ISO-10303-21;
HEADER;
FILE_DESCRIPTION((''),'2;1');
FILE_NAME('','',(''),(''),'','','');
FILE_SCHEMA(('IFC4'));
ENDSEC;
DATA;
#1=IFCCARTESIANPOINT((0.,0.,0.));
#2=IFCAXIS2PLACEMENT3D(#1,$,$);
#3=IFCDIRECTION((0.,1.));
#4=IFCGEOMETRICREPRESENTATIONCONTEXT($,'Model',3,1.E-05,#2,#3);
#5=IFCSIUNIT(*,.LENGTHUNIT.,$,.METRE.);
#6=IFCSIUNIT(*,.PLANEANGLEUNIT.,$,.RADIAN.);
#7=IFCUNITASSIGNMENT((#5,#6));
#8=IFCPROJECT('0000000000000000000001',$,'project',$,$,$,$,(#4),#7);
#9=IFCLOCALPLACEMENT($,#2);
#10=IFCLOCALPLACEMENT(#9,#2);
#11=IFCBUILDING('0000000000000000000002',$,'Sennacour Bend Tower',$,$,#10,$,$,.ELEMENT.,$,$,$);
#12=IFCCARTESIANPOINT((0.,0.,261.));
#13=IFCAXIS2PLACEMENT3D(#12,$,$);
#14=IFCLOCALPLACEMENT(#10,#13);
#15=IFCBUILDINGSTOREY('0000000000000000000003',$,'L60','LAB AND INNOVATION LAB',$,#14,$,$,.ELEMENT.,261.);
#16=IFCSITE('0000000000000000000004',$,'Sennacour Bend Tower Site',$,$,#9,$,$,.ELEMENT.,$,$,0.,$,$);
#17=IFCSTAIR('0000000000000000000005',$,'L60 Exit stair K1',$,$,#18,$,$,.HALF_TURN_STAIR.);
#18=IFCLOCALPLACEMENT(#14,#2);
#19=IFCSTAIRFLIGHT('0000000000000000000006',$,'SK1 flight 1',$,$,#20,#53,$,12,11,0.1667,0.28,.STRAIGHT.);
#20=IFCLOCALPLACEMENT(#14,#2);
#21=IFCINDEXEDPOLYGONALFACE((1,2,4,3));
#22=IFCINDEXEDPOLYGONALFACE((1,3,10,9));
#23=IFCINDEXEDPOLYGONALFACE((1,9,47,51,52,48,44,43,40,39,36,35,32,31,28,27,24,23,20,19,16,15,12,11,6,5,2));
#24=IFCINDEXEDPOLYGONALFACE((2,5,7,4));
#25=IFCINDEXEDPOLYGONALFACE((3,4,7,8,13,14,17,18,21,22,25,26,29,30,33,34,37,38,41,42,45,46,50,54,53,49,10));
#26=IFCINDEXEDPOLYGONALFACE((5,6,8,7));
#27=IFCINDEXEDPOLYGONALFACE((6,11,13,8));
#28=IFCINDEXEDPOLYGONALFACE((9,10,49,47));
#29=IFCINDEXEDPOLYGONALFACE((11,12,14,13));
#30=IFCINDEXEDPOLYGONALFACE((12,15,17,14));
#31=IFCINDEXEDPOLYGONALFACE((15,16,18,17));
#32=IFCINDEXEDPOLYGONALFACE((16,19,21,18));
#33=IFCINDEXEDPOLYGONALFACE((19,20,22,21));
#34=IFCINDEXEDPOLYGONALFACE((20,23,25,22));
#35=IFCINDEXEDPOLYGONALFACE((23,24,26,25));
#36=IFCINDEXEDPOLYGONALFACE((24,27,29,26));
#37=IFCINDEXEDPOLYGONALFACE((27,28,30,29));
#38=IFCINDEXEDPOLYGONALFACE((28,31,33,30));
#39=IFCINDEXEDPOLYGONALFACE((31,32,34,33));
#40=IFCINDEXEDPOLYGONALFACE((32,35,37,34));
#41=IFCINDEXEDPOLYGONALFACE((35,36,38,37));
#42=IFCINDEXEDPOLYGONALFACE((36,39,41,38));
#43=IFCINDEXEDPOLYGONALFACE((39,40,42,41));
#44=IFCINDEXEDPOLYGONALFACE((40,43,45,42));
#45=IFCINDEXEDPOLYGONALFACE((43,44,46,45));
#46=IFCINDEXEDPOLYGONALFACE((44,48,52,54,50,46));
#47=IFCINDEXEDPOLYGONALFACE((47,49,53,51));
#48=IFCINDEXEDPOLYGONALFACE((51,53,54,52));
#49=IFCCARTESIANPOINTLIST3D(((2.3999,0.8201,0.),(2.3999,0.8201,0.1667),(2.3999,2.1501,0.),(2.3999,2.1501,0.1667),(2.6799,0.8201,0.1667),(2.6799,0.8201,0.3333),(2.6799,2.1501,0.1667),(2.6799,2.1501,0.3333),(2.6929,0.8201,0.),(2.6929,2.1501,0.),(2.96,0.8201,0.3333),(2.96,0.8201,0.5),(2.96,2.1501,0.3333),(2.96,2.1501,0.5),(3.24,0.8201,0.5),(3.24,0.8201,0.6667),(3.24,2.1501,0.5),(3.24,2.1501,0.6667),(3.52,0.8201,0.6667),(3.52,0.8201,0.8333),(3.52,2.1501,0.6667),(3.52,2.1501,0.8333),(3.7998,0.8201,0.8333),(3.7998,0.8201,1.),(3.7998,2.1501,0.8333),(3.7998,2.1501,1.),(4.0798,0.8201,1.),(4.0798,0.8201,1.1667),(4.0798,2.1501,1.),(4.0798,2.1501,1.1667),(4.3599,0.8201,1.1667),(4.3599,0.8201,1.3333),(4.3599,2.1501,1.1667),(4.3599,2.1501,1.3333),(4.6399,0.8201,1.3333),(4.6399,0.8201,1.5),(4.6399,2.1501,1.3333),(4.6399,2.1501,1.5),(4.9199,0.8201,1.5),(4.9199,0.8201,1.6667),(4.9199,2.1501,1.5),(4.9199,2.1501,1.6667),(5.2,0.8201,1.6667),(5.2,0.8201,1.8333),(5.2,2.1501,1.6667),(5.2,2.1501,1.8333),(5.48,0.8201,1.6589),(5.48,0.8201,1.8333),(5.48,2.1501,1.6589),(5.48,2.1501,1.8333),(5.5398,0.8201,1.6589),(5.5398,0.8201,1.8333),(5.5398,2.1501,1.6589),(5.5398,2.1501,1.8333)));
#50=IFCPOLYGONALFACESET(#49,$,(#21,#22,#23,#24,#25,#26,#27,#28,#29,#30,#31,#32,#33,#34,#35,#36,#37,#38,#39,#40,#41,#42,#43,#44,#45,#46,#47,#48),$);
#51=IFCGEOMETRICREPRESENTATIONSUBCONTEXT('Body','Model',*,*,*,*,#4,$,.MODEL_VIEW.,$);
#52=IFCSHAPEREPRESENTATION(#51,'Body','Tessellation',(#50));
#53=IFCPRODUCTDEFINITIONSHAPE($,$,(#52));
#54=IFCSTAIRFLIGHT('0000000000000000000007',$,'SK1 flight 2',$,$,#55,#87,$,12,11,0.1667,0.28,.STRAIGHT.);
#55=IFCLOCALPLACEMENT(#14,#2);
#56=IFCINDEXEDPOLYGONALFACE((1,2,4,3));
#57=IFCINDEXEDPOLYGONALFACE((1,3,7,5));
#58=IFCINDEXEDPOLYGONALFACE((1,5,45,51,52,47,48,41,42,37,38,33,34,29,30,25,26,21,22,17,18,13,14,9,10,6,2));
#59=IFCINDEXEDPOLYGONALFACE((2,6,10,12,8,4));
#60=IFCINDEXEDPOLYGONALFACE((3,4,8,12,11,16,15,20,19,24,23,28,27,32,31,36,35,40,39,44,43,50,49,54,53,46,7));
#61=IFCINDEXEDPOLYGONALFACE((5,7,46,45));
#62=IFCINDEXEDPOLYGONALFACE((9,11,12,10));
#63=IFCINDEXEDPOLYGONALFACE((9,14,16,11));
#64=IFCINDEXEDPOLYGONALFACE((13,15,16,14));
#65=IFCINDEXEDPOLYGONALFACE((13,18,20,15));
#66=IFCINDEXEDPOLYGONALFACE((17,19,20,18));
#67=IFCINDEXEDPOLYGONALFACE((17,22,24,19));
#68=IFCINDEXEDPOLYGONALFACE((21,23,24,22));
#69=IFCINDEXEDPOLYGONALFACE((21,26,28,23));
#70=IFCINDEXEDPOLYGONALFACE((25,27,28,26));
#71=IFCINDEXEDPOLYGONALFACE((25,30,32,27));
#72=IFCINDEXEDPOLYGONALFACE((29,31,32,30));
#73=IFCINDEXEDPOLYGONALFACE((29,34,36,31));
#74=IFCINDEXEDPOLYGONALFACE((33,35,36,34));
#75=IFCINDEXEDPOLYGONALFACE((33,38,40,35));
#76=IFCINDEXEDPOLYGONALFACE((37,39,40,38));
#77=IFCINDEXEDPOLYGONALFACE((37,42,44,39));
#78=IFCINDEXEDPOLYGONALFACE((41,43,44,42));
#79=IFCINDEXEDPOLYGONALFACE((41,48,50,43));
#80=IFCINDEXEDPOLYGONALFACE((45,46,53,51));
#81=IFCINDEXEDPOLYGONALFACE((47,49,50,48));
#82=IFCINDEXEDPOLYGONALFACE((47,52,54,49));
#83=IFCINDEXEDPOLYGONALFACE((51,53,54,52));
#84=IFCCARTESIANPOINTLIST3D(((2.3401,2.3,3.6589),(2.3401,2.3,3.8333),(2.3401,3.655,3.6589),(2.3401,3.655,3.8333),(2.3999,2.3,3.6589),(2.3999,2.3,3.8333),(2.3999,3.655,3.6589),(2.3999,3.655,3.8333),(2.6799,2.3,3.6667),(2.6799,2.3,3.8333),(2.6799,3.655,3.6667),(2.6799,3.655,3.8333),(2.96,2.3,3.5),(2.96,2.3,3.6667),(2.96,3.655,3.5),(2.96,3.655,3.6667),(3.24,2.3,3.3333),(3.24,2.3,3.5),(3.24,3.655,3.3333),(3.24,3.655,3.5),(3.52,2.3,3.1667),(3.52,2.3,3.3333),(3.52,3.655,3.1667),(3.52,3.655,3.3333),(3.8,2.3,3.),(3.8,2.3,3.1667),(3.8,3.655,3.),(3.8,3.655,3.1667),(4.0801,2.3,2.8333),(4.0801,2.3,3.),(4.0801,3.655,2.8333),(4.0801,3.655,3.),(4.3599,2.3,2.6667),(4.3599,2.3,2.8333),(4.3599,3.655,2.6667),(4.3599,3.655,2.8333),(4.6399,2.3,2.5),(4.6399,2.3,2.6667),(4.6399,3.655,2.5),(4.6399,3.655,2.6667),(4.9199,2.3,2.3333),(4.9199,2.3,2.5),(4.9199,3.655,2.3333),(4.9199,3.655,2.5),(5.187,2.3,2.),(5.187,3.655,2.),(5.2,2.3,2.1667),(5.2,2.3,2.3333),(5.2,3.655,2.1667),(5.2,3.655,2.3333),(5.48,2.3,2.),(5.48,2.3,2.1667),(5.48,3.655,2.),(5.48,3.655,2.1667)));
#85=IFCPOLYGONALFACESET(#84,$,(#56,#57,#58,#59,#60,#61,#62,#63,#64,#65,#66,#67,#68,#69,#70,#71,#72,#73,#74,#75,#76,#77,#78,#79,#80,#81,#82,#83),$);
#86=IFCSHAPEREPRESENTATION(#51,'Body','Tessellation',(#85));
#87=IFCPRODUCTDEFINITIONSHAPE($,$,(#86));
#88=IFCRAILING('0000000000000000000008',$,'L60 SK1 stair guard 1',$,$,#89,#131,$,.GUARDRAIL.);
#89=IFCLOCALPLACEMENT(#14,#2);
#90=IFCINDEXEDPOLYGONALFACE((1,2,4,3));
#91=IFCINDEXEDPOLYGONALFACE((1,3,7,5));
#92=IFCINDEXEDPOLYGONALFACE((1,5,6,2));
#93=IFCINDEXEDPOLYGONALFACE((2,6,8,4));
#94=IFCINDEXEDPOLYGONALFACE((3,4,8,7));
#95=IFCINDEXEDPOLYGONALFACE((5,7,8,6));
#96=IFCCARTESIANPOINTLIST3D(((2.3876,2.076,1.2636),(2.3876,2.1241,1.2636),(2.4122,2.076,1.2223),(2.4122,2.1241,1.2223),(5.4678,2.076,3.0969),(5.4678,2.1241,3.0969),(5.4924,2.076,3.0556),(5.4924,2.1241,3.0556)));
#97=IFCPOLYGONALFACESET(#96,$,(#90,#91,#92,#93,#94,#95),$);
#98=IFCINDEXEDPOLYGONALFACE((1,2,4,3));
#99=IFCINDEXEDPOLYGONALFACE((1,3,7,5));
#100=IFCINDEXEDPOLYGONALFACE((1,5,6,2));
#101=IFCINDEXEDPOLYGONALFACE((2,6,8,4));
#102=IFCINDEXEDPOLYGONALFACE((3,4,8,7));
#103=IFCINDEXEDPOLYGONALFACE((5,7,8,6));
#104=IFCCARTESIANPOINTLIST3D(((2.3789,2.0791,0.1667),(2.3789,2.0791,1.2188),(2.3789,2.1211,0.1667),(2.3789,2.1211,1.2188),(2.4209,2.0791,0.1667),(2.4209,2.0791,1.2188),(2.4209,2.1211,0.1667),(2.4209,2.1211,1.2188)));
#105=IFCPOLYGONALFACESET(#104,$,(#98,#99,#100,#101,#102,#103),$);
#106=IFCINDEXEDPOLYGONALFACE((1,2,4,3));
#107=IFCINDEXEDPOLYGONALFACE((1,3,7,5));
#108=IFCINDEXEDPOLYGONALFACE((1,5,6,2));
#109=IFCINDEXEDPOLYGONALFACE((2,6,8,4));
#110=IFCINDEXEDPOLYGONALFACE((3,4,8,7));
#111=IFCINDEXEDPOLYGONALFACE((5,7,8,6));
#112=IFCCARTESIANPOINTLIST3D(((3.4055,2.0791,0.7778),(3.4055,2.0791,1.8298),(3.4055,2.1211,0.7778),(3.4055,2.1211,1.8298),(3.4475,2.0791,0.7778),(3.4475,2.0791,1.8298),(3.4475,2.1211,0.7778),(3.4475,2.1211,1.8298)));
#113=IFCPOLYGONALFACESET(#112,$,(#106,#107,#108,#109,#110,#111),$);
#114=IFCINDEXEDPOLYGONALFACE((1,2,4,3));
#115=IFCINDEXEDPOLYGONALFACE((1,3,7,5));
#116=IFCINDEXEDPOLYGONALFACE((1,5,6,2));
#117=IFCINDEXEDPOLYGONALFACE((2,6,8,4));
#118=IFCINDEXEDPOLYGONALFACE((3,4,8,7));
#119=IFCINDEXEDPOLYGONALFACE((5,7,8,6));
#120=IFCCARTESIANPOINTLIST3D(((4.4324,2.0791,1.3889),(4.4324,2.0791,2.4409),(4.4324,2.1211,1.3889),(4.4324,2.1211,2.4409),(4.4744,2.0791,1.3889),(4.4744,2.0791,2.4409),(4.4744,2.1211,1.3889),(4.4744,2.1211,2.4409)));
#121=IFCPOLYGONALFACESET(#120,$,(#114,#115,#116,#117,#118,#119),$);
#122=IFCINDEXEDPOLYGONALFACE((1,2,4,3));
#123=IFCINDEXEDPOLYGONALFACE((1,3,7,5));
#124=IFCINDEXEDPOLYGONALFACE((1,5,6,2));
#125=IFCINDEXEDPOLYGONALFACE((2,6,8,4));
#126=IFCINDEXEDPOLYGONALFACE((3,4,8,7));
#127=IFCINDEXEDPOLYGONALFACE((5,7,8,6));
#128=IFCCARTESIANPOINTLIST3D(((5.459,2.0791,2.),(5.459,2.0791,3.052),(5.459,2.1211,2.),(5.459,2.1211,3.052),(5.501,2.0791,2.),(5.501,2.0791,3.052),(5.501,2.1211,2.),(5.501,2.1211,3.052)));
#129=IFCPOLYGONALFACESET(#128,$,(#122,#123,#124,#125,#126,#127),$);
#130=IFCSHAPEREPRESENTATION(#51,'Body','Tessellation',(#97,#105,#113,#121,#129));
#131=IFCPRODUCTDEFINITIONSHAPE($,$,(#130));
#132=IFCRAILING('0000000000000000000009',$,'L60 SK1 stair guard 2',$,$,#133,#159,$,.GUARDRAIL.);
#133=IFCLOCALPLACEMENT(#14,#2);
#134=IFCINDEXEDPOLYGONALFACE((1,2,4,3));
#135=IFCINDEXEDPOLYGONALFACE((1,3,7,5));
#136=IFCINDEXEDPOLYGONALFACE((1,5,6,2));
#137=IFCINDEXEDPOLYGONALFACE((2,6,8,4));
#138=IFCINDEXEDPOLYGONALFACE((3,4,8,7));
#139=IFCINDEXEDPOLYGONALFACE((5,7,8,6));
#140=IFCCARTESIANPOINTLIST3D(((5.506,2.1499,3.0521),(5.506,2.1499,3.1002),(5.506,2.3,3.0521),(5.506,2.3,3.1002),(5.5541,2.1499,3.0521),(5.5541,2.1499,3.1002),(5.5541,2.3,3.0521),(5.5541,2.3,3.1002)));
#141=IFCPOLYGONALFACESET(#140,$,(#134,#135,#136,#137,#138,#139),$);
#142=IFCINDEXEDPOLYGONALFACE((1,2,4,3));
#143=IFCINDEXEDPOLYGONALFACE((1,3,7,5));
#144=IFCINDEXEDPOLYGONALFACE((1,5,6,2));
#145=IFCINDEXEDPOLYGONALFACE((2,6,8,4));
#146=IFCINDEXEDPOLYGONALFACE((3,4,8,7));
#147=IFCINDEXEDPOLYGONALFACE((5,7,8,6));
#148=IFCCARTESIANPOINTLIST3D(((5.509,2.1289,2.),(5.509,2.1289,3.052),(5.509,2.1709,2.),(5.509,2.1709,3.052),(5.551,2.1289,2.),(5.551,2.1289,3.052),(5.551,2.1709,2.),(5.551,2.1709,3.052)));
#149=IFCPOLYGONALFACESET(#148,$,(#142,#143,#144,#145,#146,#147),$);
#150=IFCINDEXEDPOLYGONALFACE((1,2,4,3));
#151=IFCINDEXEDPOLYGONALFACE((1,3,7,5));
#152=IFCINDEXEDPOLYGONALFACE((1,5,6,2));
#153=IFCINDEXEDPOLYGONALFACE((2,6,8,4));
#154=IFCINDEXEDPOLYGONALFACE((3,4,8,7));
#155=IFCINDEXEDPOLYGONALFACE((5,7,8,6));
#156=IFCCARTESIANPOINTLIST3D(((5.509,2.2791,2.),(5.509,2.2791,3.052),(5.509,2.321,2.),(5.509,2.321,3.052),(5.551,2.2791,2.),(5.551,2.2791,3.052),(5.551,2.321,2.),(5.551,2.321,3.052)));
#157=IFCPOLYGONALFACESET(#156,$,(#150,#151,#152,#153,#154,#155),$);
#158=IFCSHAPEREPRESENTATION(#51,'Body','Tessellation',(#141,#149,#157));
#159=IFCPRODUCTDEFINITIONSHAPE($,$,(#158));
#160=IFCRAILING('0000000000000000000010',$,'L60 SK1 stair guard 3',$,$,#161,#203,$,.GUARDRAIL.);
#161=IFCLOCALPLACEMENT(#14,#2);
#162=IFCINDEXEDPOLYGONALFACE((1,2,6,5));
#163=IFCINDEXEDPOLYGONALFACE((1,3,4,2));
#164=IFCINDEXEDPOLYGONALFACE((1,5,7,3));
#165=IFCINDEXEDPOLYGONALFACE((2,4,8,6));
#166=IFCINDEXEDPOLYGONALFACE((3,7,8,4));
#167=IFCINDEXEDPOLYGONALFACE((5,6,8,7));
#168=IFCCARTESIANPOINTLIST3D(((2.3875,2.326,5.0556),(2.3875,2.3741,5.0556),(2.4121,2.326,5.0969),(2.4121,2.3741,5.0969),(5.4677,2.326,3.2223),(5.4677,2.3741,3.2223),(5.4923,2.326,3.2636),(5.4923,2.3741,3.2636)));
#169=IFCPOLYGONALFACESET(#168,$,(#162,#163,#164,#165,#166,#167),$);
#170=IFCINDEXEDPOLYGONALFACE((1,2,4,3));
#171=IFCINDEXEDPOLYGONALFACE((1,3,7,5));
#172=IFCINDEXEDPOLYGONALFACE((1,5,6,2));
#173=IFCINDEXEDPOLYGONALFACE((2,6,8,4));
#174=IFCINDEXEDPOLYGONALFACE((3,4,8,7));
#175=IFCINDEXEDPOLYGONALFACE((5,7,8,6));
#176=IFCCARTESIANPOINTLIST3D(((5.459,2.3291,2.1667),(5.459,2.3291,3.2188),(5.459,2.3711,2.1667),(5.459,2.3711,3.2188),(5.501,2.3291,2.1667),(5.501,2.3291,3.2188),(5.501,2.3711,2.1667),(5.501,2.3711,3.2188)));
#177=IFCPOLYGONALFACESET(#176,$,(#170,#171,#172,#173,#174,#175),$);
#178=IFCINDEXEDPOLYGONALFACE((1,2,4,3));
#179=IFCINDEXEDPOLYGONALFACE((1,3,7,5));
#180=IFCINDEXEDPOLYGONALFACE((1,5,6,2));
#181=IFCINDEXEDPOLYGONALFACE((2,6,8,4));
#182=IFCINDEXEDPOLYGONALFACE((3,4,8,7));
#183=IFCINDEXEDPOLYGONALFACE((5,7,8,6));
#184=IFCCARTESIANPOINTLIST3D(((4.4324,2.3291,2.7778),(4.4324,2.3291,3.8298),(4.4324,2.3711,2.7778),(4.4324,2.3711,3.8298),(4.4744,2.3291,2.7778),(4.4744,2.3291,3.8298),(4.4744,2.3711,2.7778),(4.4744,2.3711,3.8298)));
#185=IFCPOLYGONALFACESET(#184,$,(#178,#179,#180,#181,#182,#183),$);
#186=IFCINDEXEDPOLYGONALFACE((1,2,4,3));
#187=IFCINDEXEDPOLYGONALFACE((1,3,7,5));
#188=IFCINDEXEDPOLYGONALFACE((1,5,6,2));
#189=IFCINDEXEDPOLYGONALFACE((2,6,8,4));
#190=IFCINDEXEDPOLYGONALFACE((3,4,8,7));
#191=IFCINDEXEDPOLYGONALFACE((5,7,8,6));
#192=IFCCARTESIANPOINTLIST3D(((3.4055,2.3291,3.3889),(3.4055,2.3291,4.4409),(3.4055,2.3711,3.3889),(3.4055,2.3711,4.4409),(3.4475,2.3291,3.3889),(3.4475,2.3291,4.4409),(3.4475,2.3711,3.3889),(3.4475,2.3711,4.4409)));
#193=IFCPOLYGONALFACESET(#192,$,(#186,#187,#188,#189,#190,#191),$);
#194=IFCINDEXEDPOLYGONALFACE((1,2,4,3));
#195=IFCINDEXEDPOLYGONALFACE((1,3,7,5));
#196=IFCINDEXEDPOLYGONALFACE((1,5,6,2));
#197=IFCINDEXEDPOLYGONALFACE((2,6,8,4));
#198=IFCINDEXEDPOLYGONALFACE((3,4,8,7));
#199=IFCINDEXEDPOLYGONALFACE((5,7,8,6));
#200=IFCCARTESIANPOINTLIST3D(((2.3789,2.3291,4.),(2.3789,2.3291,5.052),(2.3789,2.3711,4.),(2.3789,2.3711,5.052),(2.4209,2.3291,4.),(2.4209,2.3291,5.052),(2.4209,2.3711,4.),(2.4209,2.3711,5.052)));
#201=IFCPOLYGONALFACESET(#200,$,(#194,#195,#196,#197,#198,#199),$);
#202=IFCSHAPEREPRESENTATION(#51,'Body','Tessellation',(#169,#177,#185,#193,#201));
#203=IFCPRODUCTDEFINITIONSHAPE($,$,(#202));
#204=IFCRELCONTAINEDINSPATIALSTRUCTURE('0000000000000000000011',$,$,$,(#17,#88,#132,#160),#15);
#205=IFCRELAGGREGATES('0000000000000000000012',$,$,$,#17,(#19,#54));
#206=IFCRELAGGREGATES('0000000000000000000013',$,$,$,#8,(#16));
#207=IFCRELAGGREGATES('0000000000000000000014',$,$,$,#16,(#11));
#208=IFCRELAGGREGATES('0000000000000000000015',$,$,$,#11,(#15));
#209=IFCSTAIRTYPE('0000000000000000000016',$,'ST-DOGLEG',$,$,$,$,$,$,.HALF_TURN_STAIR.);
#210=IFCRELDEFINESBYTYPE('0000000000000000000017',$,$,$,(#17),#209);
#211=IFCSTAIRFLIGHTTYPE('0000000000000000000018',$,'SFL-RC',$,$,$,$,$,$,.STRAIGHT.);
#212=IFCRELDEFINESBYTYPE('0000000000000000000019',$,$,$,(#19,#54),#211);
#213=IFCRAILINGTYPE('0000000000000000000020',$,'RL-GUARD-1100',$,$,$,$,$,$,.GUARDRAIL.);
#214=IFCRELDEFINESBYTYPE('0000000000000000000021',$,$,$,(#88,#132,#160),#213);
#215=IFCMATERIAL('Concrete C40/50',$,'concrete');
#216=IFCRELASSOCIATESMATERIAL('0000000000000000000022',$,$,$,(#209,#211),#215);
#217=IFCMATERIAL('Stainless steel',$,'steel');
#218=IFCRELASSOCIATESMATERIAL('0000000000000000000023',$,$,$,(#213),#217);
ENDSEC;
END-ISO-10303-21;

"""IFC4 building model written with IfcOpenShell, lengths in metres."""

from ifc_helpers import new_model, si_unit, direction, frame, origin, origin_2d, place, context, subcontext, project, spatial, polyline, rectangle, outline, extrude, material, type_object, element, aggregate, save


model = new_model("IFC4")

# Units and contexts
model_context = context("Model", 3, precision=1e-05, world=origin(), true_north=direction((0.0, 1.0)))
body_context = subcontext(model_context, "Body", "Model", "MODEL_VIEW")
ifc_project = project(units=[si_unit("LENGTHUNIT", "METRE"), si_unit("PLANEANGLEUNIT", "RADIAN")], contexts=[model_context])

# Site, building, storey
site_placement = place(None, origin())
site = spatial("IfcSite", under=ifc_project, at=site_placement, Name="Sennacour Bend Tower Site", CompositionType="ELEMENT", RefElevation=0.0)
building_placement = place(site_placement, origin())
building = spatial("IfcBuilding", under=site, at=building_placement, Name="Sennacour Bend Tower", CompositionType="ELEMENT")
storey_placement = place(building_placement, frame((0.0, 0.0, 261.0)))
storey = spatial("IfcBuildingStorey", under=building, at=storey_placement, Name="L60", Description="LAB AND INNOVATION LAB", CompositionType="ELEMENT", Elevation=261.0)

# Shared definitions
ifc_material_1 = material(Name="Concrete C40/50", Category="concrete")

# Stair
stair_type = type_object("IfcStairType", Name="ST-DOGLEG", PredefinedType="HALF_TURN_STAIR", material=ifc_material_1)
stair_1_placement = place(storey_placement, origin())
stair_1 = element("IfcStair", 1, at=stair_1_placement, inside=storey, type_object=stair_type, Name="L60 Exit stair K1", PredefinedType="HALF_TURN_STAIR")

# Stair flights
stair_flight_type = type_object("IfcStairFlightType", Name="SFL-RC", PredefinedType="STRAIGHT", material=ifc_material_1)
stair_flight_1_placement = place(storey_placement, frame((2.3999, 1.4851, 0.0), z_axis=(0.0, 0.0, 1.0), x_axis=(1.0, 0.0, 0.0)))
stair_flight_1 = element("IfcStairFlight", 2, at=stair_flight_1_placement, type_object=stair_flight_type, Name="SK1 flight 1", NumberOfRisers=12, NumberOfTreads=11, PredefinedType="STRAIGHT", RiserHeight=0.1667, TreadLength=0.28, context=body_context, shape_type="SweptSolid", body=[
    extrude(outline(polyline([(0.0, 0.0), (0.0, 0.1667), (0.28, 0.1667), (0.28, 0.3333), (0.5601, 0.3333), (0.5601, 0.5), (0.8401, 0.5), (0.8401, 0.6667), (1.1201, 0.6667), (1.1201, 0.8333), (1.3999, 0.8333), (1.3999, 1.0), (1.6799, 1.0), (1.6799, 1.1667), (1.96, 1.1667), (1.96, 1.3333), (2.24, 1.3333), (2.24, 1.5), (2.52, 1.5), (2.52, 1.6667), (2.8, 1.6667), (2.8, 1.8333), (3.0801, 1.8333), (3.1399, 1.8333), (3.1399, 1.6589), (3.0801, 1.6589), (0.293, 0.0), (0.0, 0.0)])), frame((0.0, 0.665, 0.0), z_axis=(0.0, -1.0, 0.0), x_axis=(1.0, 0.0, 0.0)), (0.0, 0.0, 1.0), 1.3301),
])
stair_flight_2_placement = place(storey_placement, frame((5.48, 2.9775, 2.0), z_axis=(0.0, 0.0, 1.0), x_axis=(-1.0, 0.0, 0.0)))
stair_flight_2 = element("IfcStairFlight", 3, at=stair_flight_2_placement, type_object=stair_flight_type, Name="SK1 flight 2", NumberOfRisers=12, NumberOfTreads=11, PredefinedType="STRAIGHT", RiserHeight=0.1667, TreadLength=0.28, context=body_context, shape_type="SweptSolid", body=[
    extrude(outline(polyline([(0.0, 0.0), (0.0, 0.1667), (0.28, 0.1667), (0.28, 0.3333), (0.5601, 0.3333), (0.5601, 0.5), (0.8401, 0.5), (0.8401, 0.6667), (1.1201, 0.6667), (1.1201, 0.8333), (1.3999, 0.8333), (1.3999, 1.0), (1.6799, 1.0), (1.6799, 1.1667), (1.96, 1.1667), (1.96, 1.3333), (2.24, 1.3333), (2.24, 1.5), (2.52, 1.5), (2.52, 1.6667), (2.8, 1.6667), (2.8, 1.8333), (3.0801, 1.8333), (3.1399, 1.8333), (3.1399, 1.6589), (3.0801, 1.6589), (0.293, 0.0), (0.0, 0.0)])), frame((0.0, 0.6775, 0.0), z_axis=(0.0, -1.0, 0.0), x_axis=(1.0, 0.0, 0.0)), (0.0, 0.0, 1.0), 1.355),
])
aggregate(stair_1, [stair_flight_1, stair_flight_2])

# Railings
ifc_material_2 = material(Name="Stainless steel", Category="steel")
railing_type_1 = type_object("IfcRailingType", Name="RL-GUARD-1100", PredefinedType="GUARDRAIL", material=ifc_material_2)
railing_1_placement = place(storey_placement, frame((2.3999, 2.1001, 0.1667)))
element("IfcRailing", 4, at=railing_1_placement, inside=storey, type_object=railing_type_1, Name="L60 SK1 stair guard 1", PredefinedType="GUARDRAIL", context=body_context, shape_type="SweptSolid", body=[
    extrude(rectangle(XDim=0.0481, YDim=0.0481, at=origin_2d()), frame((0.0, 0.0, 1.0762), z_axis=(0.859309, 0.0, 0.511458), x_axis=(0.0, 1.0, 0.0)), (0.0, 0.0, 1.0), 3.5845),
    extrude(rectangle(XDim=0.042, YDim=0.042, at=origin_2d()), origin(), (0.0, 0.0, 1.0), 1.052),
    extrude(rectangle(XDim=0.042, YDim=0.042, at=origin_2d()), frame((1.0266, 0.0, 0.6111)), (0.0, 0.0, 1.0), 1.052),
    extrude(rectangle(XDim=0.042, YDim=0.042, at=origin_2d()), frame((2.0535, 0.0, 1.2222)), (0.0, 0.0, 1.0), 1.052),
    extrude(rectangle(XDim=0.042, YDim=0.042, at=origin_2d()), frame((3.0801, 0.0, 1.8333)), (0.0, 0.0, 1.0), 1.052),
])
railing_2_placement = place(storey_placement, frame((5.53, 2.1499, 2.0)))
element("IfcRailing", 5, at=railing_2_placement, inside=storey, type_object=railing_type_1, Name="L60 SK1 stair guard 2", PredefinedType="GUARDRAIL", context=body_context, shape_type="SweptSolid", body=[
    extrude(rectangle(XDim=0.0481, YDim=0.0481, at=origin_2d()), frame((0.0, 0.0, 1.0762), z_axis=(0.0, 1.0, 0.0), x_axis=(-1.0, 0.0, 0.0)), (0.0, 0.0, 1.0), 0.1501),
    extrude(rectangle(XDim=0.042, YDim=0.042, at=origin_2d()), origin(), (0.0, 0.0, 1.0), 1.052),
    extrude(rectangle(XDim=0.042, YDim=0.042, at=origin_2d()), frame((0.0, 0.1501, 0.0)), (0.0, 0.0, 1.0), 1.052),
])
railing_3_placement = place(storey_placement, frame((5.48, 2.3501, 2.1667)))
element("IfcRailing", 6, at=railing_3_placement, inside=storey, type_object=railing_type_1, Name="L60 SK1 stair guard 3", PredefinedType="GUARDRAIL", context=body_context, shape_type="SweptSolid", body=[
    extrude(rectangle(XDim=0.0481, YDim=0.0481, at=origin_2d()), frame((0.0, 0.0, 1.0762), z_axis=(-0.859309, 0.0, 0.511458), x_axis=(0.0, -1.0, 0.0)), (0.0, 0.0, 1.0), 3.5845),
    extrude(rectangle(XDim=0.042, YDim=0.042, at=origin_2d()), origin(), (0.0, 0.0, 1.0), 1.052),
    extrude(rectangle(XDim=0.042, YDim=0.042, at=origin_2d()), frame((-1.0266, 0.0, 0.6111)), (0.0, 0.0, 1.0), 1.052),
    extrude(rectangle(XDim=0.042, YDim=0.042, at=origin_2d()), frame((-2.0535, 0.0, 1.2222)), (0.0, 0.0, 1.0), 1.052),
    extrude(rectangle(XDim=0.042, YDim=0.042, at=origin_2d()), frame((-3.0801, 0.0, 1.8333)), (0.0, 0.0, 1.0), 1.052),
])

save(model, "model.ifc")
